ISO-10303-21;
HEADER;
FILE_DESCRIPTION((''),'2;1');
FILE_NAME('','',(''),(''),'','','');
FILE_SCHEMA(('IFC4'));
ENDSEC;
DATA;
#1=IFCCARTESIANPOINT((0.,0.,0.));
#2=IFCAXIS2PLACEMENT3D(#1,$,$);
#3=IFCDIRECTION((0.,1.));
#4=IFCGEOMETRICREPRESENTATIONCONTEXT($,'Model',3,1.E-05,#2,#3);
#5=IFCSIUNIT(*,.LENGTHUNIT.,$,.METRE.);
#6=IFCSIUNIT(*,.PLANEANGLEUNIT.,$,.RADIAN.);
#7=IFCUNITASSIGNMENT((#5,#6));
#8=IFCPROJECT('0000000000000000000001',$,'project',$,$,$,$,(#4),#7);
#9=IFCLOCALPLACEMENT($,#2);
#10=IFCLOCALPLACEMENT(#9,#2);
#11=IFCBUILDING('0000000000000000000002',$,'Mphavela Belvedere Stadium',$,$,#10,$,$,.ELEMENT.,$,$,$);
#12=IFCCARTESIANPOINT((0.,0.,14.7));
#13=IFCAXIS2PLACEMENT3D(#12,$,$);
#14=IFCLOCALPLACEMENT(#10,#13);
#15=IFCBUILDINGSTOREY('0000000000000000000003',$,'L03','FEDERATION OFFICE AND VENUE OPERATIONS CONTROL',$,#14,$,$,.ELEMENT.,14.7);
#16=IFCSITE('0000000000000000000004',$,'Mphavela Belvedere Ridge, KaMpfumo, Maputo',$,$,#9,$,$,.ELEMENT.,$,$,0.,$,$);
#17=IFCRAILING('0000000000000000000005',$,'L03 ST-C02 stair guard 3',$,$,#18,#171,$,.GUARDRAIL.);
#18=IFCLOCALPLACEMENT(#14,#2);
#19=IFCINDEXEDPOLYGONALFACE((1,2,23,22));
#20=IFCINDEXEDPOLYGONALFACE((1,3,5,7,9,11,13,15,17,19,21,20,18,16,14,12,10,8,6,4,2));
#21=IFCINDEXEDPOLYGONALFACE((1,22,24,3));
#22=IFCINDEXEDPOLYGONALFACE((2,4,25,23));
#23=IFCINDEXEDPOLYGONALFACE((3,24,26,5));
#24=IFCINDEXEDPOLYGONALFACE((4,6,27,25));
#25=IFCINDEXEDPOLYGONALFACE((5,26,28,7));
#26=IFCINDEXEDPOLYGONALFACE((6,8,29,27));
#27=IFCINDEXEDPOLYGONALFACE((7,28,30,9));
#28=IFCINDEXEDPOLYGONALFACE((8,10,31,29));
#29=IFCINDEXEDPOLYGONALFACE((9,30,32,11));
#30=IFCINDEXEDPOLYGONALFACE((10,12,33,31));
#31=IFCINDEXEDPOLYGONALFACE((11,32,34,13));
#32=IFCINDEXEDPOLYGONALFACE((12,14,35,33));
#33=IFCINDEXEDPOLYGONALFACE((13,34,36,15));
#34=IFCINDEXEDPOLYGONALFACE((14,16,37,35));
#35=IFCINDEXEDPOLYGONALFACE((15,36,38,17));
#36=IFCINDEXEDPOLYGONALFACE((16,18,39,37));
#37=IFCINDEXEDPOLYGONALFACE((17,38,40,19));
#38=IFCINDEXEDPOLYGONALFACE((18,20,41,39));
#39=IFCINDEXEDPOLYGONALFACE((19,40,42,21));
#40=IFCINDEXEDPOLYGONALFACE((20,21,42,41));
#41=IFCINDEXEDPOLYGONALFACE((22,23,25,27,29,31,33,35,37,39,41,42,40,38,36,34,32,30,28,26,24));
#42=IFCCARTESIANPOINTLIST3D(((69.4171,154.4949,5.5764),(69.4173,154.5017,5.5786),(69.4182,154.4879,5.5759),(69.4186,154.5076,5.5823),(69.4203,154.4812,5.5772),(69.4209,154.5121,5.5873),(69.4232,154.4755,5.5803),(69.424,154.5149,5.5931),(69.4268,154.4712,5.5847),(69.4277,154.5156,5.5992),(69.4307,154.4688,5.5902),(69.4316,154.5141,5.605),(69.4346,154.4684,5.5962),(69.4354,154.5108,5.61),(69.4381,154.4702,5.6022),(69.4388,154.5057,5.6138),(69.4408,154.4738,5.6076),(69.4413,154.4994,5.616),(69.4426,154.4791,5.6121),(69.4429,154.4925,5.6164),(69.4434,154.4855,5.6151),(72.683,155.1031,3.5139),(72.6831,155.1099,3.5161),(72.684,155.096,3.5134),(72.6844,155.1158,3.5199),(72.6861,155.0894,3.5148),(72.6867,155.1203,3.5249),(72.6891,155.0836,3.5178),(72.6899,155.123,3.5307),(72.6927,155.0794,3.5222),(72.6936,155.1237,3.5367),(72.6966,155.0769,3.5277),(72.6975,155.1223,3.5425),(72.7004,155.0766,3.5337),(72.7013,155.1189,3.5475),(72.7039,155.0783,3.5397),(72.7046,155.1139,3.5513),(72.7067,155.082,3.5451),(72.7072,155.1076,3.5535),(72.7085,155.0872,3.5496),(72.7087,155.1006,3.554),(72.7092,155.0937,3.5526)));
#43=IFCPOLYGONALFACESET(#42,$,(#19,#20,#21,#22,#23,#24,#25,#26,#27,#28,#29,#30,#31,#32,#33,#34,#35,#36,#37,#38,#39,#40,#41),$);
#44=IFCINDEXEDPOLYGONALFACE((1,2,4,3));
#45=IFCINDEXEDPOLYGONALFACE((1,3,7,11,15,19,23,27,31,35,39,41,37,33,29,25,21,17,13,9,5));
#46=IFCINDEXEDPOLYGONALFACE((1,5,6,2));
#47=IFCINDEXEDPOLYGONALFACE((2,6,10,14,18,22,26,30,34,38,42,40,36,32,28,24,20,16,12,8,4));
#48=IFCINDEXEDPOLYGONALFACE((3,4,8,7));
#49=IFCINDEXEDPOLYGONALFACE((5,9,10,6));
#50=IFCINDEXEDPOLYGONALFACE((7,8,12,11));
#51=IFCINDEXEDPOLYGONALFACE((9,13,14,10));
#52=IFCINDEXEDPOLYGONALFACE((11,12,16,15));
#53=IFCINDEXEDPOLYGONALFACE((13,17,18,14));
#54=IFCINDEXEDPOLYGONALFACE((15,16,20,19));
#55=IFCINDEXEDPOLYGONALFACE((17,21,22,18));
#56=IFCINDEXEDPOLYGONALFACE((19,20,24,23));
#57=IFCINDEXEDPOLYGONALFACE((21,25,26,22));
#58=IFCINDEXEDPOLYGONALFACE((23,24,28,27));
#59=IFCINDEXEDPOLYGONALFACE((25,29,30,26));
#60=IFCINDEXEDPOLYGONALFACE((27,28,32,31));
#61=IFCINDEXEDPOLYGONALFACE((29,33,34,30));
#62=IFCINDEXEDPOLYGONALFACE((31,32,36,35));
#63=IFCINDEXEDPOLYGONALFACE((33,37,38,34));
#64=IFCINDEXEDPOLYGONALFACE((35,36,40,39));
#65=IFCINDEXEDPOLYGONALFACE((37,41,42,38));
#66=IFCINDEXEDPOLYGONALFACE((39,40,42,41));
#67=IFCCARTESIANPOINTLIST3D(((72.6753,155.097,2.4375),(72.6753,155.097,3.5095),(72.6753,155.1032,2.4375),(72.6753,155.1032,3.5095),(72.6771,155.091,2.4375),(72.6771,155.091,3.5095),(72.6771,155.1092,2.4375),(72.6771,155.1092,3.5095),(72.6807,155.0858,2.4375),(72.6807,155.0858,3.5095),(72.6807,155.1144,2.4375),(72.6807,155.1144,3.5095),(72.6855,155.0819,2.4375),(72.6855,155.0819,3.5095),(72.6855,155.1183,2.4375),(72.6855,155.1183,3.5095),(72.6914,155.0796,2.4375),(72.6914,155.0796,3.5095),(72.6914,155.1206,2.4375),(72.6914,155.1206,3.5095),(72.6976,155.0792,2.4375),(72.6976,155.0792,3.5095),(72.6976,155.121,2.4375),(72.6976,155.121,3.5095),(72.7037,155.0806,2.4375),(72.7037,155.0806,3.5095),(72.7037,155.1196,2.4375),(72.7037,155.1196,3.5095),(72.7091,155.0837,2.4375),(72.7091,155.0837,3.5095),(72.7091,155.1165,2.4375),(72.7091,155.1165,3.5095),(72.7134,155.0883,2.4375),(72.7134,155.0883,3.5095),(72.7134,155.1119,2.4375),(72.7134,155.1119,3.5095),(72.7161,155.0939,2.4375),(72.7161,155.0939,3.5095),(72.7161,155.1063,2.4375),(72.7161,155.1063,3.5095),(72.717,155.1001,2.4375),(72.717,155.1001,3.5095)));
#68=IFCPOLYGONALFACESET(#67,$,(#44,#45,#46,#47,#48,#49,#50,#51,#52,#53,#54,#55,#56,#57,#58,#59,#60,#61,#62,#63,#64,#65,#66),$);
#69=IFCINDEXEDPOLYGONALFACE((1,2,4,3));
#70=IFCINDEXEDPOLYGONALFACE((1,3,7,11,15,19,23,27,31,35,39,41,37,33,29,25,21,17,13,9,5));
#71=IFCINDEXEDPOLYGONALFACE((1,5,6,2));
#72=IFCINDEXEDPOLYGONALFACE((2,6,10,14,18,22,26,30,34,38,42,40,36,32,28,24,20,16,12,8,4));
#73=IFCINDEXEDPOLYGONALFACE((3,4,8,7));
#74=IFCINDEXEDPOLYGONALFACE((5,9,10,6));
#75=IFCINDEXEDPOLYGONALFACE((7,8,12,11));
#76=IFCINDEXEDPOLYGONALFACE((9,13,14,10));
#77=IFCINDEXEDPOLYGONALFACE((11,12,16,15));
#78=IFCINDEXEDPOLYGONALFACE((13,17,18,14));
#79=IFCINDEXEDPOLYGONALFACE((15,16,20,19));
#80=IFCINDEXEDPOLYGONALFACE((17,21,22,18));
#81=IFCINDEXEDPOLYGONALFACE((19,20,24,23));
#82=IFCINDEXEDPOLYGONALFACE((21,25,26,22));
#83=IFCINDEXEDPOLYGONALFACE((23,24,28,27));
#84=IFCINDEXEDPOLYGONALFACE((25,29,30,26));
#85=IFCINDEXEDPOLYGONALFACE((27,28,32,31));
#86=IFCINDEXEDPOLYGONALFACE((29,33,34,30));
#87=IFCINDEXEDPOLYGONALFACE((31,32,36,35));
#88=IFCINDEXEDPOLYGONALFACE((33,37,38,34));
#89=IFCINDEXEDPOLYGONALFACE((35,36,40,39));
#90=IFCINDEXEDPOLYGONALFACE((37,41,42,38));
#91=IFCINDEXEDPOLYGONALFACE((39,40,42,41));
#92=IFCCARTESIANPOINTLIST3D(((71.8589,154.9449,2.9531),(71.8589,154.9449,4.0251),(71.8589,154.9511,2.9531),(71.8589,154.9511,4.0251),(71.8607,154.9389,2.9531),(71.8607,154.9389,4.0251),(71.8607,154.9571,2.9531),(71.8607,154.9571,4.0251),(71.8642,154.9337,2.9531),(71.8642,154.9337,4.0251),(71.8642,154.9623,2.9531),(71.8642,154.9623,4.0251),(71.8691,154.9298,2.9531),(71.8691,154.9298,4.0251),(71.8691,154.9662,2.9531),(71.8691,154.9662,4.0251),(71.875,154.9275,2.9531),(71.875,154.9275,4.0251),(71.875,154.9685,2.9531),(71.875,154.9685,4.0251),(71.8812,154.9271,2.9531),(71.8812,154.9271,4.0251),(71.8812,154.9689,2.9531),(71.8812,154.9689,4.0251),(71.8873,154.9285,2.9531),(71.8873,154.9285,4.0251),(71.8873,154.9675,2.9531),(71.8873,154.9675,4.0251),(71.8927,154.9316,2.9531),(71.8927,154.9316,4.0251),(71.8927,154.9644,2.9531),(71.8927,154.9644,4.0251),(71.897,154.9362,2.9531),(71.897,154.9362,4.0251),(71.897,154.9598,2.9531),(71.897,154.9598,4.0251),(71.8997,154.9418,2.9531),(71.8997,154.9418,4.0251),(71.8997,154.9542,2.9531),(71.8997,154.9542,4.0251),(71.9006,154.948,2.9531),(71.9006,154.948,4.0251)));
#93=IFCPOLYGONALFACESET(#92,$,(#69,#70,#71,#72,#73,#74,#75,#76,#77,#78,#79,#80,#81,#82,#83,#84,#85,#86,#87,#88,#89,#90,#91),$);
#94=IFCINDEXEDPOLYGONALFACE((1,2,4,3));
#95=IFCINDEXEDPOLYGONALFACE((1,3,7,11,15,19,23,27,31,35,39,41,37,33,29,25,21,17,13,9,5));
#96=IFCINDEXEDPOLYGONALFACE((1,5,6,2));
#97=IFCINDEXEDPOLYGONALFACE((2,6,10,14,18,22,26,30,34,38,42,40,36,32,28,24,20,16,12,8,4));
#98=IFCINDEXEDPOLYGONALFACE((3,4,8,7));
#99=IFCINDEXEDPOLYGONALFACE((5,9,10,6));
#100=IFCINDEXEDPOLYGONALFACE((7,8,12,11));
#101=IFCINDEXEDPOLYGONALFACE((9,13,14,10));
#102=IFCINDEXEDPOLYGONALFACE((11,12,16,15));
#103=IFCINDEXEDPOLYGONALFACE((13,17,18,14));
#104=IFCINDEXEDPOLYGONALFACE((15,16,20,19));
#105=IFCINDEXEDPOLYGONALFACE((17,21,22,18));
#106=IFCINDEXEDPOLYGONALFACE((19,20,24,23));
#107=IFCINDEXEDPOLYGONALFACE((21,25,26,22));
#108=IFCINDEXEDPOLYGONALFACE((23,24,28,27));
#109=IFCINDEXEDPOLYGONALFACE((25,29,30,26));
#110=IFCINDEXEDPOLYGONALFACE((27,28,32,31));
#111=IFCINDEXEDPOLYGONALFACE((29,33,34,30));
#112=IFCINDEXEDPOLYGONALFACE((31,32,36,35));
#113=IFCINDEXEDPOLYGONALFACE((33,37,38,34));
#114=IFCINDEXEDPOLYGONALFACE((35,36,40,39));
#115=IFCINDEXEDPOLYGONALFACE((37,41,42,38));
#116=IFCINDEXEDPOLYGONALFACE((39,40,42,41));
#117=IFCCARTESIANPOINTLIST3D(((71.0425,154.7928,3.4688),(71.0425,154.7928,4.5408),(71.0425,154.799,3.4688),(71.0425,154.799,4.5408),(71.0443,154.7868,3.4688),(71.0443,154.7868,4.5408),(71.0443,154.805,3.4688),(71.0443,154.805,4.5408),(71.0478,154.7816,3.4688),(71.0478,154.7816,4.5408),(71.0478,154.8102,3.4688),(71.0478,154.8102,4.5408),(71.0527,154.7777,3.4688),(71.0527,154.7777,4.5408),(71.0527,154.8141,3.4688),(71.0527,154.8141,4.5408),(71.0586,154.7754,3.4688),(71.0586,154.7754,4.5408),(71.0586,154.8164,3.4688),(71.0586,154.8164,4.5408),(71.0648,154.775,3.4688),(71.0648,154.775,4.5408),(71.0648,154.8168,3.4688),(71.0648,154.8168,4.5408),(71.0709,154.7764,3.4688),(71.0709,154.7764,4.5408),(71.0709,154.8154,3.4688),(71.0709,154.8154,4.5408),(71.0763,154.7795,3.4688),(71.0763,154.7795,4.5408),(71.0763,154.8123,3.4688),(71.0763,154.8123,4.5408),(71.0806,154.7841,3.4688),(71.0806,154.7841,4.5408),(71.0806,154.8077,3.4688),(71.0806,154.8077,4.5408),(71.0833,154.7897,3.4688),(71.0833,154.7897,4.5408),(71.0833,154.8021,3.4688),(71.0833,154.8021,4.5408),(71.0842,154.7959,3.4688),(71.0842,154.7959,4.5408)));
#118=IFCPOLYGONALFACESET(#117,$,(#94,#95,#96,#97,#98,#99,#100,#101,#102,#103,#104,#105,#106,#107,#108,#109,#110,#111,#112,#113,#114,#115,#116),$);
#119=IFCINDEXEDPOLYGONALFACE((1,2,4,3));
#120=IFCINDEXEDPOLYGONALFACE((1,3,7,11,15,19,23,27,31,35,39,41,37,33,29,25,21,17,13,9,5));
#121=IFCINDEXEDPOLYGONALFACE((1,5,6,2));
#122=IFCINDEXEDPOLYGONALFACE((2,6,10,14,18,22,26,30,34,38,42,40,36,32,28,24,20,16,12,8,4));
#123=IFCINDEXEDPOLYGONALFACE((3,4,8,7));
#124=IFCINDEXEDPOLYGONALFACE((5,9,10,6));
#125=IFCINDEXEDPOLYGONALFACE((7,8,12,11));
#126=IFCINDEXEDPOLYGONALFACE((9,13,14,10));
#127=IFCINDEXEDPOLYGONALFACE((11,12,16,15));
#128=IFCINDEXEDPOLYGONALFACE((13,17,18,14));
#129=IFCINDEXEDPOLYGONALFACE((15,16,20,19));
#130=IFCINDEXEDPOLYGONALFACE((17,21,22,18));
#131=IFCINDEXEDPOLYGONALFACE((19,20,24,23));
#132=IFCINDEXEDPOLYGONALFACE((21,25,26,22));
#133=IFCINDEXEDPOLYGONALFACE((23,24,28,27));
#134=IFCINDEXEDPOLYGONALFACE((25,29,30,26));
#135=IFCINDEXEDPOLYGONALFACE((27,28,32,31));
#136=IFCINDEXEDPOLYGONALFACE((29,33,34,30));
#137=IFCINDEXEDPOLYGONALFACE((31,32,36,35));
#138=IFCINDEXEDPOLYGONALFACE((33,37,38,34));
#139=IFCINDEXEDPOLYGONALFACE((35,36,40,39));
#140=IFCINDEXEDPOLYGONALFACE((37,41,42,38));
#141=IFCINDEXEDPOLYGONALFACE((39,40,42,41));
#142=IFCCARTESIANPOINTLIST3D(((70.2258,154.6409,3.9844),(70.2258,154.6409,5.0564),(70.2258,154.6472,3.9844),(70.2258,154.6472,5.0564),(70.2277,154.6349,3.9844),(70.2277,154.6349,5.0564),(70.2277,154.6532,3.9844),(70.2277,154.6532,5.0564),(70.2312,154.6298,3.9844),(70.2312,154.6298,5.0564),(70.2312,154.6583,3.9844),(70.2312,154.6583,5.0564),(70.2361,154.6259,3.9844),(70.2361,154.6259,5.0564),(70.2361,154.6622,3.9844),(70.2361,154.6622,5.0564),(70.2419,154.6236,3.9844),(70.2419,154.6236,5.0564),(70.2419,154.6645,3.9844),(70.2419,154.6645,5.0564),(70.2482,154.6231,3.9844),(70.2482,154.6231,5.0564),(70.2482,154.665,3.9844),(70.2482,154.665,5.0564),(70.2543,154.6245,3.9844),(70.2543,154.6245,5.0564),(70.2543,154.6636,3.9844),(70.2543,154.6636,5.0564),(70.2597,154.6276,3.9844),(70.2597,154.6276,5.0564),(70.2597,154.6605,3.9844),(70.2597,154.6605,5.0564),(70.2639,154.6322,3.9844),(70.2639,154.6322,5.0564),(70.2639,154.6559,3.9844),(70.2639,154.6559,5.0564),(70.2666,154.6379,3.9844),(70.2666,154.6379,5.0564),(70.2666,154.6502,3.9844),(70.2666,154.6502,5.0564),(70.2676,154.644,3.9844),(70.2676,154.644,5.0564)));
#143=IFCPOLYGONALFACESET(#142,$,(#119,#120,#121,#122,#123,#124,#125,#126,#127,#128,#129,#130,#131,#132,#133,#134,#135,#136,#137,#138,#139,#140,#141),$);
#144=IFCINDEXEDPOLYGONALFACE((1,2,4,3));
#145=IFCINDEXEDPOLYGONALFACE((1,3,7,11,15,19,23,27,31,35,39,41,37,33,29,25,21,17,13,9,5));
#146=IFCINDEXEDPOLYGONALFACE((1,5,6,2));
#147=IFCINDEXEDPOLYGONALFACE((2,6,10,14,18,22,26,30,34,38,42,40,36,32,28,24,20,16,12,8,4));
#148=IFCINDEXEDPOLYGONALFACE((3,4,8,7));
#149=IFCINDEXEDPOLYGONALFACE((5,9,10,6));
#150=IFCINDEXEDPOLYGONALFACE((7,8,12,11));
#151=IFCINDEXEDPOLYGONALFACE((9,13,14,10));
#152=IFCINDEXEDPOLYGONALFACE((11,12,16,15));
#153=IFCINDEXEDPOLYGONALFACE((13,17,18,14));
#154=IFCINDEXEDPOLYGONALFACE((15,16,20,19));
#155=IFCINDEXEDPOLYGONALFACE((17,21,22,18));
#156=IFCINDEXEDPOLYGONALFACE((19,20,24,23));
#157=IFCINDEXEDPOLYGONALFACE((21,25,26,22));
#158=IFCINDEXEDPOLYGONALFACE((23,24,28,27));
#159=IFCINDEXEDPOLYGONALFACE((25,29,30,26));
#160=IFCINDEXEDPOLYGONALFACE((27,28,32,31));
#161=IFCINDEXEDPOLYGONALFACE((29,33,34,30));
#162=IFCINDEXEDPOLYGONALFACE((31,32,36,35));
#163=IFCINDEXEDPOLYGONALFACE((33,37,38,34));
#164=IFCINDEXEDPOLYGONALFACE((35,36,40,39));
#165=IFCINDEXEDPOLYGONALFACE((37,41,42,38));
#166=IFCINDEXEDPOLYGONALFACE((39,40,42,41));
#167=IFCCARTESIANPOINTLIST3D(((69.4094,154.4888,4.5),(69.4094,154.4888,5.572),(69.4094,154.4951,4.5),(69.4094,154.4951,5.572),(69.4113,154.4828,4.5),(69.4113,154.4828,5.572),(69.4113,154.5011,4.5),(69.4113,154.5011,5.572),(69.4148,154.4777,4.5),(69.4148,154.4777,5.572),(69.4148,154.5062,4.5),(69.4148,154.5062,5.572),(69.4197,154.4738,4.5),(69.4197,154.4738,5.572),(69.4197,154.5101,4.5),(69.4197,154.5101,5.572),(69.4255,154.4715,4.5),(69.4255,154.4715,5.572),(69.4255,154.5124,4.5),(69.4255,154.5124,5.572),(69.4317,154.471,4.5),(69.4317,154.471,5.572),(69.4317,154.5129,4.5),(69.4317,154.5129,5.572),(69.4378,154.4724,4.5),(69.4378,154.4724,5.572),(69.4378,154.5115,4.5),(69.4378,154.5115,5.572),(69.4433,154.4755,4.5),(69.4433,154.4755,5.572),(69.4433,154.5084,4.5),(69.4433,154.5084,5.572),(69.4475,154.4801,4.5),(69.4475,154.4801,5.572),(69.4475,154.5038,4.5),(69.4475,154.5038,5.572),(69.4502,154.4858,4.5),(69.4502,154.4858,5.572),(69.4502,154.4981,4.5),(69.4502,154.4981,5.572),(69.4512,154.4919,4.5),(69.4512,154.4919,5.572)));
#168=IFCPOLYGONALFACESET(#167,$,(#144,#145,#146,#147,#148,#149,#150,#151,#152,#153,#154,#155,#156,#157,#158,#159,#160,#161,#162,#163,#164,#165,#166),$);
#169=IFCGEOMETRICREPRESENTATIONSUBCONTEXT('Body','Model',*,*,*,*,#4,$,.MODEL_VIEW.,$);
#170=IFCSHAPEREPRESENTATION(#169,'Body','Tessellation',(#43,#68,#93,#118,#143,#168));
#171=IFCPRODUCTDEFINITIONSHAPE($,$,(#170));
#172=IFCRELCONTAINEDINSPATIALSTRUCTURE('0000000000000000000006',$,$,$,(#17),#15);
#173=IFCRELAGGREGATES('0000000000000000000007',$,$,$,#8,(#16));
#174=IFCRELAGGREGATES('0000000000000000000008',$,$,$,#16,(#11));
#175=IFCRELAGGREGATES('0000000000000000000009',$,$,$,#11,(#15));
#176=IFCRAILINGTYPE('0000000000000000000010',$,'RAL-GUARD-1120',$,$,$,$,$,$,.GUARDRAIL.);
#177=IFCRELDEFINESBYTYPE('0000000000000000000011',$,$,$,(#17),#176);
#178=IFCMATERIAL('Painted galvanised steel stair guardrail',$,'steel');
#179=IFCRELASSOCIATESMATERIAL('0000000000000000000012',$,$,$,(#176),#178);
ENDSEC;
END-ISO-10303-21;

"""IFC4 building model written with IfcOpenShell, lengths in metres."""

from ifc_helpers import new_model, si_unit, direction, frame, origin, origin_2d, place, context, subcontext, project, spatial, circle, extrude, material, type_object, element, save


model = new_model("IFC4")

# Units and contexts
model_context = context("Model", 3, precision=1e-05, world=origin(), true_north=direction((0.0, 1.0)))
body_context = subcontext(model_context, "Body", "Model", "MODEL_VIEW")
ifc_project = project(units=[si_unit("LENGTHUNIT", "METRE"), si_unit("PLANEANGLEUNIT", "RADIAN")], contexts=[model_context])

# Site, building, storey
site_placement = place(None, origin())
site = spatial("IfcSite", under=ifc_project, at=site_placement, Name="Mphavela Belvedere Ridge, KaMpfumo, Maputo", CompositionType="ELEMENT", RefElevation=0.0)
building_placement = place(site_placement, origin())
building = spatial("IfcBuilding", under=site, at=building_placement, Name="Mphavela Belvedere Stadium", CompositionType="ELEMENT")
storey_placement = place(building_placement, frame((0.0, 0.0, 14.7)))
storey = spatial("IfcBuildingStorey", under=building, at=storey_placement, Name="L03", Description="FEDERATION OFFICE AND VENUE OPERATIONS CONTROL", CompositionType="ELEMENT", Elevation=14.7)

# Railing
ifc_material_1 = material(Name="Painted galvanised steel stair guardrail", Category="steel")
railing_type_1 = type_object("IfcRailingType", Name="RAL-GUARD-1120", PredefinedType="GUARDRAIL", material=ifc_material_1)
railing_1_placement = place(storey_placement, frame((72.696, 155.1001, 2.4375)))
element("IfcRailing", 1, at=railing_1_placement, inside=storey, type_object=railing_type_1, Name="L03 ST-C02 stair guard 3", PredefinedType="GUARDRAIL", context=body_context, shape_type="SweptSolid", body=[
    extrude(circle(Radius=0.0239, at=origin_2d()), frame((0.0, 0.0, 1.0962), z_axis=(-0.835218, -0.15553, 0.527467), x_axis=(0.183068, -0.9831, 0.0)), (0.0, 0.0, 1.0), 3.9102),
    extrude(circle(Radius=0.021, at=origin_2d()), origin(), (0.0, 0.0, 1.0), 1.072),
    extrude(circle(Radius=0.021, at=origin_2d()), frame((-0.8164, -0.1521, 0.5156)), (0.0, 0.0, 1.0), 1.072),
    extrude(circle(Radius=0.021, at=origin_2d()), frame((-1.6328, -0.3042, 1.0312)), (0.0, 0.0, 1.0), 1.072),
    extrude(circle(Radius=0.021, at=origin_2d()), frame((-2.4495, -0.4561, 1.5469)), (0.0, 0.0, 1.0), 1.072),
    extrude(circle(Radius=0.021, at=origin_2d()), frame((-3.2659, -0.6082, 2.0625)), (0.0, 0.0, 1.0), 1.072),
])

save(model, "model.ifc")
